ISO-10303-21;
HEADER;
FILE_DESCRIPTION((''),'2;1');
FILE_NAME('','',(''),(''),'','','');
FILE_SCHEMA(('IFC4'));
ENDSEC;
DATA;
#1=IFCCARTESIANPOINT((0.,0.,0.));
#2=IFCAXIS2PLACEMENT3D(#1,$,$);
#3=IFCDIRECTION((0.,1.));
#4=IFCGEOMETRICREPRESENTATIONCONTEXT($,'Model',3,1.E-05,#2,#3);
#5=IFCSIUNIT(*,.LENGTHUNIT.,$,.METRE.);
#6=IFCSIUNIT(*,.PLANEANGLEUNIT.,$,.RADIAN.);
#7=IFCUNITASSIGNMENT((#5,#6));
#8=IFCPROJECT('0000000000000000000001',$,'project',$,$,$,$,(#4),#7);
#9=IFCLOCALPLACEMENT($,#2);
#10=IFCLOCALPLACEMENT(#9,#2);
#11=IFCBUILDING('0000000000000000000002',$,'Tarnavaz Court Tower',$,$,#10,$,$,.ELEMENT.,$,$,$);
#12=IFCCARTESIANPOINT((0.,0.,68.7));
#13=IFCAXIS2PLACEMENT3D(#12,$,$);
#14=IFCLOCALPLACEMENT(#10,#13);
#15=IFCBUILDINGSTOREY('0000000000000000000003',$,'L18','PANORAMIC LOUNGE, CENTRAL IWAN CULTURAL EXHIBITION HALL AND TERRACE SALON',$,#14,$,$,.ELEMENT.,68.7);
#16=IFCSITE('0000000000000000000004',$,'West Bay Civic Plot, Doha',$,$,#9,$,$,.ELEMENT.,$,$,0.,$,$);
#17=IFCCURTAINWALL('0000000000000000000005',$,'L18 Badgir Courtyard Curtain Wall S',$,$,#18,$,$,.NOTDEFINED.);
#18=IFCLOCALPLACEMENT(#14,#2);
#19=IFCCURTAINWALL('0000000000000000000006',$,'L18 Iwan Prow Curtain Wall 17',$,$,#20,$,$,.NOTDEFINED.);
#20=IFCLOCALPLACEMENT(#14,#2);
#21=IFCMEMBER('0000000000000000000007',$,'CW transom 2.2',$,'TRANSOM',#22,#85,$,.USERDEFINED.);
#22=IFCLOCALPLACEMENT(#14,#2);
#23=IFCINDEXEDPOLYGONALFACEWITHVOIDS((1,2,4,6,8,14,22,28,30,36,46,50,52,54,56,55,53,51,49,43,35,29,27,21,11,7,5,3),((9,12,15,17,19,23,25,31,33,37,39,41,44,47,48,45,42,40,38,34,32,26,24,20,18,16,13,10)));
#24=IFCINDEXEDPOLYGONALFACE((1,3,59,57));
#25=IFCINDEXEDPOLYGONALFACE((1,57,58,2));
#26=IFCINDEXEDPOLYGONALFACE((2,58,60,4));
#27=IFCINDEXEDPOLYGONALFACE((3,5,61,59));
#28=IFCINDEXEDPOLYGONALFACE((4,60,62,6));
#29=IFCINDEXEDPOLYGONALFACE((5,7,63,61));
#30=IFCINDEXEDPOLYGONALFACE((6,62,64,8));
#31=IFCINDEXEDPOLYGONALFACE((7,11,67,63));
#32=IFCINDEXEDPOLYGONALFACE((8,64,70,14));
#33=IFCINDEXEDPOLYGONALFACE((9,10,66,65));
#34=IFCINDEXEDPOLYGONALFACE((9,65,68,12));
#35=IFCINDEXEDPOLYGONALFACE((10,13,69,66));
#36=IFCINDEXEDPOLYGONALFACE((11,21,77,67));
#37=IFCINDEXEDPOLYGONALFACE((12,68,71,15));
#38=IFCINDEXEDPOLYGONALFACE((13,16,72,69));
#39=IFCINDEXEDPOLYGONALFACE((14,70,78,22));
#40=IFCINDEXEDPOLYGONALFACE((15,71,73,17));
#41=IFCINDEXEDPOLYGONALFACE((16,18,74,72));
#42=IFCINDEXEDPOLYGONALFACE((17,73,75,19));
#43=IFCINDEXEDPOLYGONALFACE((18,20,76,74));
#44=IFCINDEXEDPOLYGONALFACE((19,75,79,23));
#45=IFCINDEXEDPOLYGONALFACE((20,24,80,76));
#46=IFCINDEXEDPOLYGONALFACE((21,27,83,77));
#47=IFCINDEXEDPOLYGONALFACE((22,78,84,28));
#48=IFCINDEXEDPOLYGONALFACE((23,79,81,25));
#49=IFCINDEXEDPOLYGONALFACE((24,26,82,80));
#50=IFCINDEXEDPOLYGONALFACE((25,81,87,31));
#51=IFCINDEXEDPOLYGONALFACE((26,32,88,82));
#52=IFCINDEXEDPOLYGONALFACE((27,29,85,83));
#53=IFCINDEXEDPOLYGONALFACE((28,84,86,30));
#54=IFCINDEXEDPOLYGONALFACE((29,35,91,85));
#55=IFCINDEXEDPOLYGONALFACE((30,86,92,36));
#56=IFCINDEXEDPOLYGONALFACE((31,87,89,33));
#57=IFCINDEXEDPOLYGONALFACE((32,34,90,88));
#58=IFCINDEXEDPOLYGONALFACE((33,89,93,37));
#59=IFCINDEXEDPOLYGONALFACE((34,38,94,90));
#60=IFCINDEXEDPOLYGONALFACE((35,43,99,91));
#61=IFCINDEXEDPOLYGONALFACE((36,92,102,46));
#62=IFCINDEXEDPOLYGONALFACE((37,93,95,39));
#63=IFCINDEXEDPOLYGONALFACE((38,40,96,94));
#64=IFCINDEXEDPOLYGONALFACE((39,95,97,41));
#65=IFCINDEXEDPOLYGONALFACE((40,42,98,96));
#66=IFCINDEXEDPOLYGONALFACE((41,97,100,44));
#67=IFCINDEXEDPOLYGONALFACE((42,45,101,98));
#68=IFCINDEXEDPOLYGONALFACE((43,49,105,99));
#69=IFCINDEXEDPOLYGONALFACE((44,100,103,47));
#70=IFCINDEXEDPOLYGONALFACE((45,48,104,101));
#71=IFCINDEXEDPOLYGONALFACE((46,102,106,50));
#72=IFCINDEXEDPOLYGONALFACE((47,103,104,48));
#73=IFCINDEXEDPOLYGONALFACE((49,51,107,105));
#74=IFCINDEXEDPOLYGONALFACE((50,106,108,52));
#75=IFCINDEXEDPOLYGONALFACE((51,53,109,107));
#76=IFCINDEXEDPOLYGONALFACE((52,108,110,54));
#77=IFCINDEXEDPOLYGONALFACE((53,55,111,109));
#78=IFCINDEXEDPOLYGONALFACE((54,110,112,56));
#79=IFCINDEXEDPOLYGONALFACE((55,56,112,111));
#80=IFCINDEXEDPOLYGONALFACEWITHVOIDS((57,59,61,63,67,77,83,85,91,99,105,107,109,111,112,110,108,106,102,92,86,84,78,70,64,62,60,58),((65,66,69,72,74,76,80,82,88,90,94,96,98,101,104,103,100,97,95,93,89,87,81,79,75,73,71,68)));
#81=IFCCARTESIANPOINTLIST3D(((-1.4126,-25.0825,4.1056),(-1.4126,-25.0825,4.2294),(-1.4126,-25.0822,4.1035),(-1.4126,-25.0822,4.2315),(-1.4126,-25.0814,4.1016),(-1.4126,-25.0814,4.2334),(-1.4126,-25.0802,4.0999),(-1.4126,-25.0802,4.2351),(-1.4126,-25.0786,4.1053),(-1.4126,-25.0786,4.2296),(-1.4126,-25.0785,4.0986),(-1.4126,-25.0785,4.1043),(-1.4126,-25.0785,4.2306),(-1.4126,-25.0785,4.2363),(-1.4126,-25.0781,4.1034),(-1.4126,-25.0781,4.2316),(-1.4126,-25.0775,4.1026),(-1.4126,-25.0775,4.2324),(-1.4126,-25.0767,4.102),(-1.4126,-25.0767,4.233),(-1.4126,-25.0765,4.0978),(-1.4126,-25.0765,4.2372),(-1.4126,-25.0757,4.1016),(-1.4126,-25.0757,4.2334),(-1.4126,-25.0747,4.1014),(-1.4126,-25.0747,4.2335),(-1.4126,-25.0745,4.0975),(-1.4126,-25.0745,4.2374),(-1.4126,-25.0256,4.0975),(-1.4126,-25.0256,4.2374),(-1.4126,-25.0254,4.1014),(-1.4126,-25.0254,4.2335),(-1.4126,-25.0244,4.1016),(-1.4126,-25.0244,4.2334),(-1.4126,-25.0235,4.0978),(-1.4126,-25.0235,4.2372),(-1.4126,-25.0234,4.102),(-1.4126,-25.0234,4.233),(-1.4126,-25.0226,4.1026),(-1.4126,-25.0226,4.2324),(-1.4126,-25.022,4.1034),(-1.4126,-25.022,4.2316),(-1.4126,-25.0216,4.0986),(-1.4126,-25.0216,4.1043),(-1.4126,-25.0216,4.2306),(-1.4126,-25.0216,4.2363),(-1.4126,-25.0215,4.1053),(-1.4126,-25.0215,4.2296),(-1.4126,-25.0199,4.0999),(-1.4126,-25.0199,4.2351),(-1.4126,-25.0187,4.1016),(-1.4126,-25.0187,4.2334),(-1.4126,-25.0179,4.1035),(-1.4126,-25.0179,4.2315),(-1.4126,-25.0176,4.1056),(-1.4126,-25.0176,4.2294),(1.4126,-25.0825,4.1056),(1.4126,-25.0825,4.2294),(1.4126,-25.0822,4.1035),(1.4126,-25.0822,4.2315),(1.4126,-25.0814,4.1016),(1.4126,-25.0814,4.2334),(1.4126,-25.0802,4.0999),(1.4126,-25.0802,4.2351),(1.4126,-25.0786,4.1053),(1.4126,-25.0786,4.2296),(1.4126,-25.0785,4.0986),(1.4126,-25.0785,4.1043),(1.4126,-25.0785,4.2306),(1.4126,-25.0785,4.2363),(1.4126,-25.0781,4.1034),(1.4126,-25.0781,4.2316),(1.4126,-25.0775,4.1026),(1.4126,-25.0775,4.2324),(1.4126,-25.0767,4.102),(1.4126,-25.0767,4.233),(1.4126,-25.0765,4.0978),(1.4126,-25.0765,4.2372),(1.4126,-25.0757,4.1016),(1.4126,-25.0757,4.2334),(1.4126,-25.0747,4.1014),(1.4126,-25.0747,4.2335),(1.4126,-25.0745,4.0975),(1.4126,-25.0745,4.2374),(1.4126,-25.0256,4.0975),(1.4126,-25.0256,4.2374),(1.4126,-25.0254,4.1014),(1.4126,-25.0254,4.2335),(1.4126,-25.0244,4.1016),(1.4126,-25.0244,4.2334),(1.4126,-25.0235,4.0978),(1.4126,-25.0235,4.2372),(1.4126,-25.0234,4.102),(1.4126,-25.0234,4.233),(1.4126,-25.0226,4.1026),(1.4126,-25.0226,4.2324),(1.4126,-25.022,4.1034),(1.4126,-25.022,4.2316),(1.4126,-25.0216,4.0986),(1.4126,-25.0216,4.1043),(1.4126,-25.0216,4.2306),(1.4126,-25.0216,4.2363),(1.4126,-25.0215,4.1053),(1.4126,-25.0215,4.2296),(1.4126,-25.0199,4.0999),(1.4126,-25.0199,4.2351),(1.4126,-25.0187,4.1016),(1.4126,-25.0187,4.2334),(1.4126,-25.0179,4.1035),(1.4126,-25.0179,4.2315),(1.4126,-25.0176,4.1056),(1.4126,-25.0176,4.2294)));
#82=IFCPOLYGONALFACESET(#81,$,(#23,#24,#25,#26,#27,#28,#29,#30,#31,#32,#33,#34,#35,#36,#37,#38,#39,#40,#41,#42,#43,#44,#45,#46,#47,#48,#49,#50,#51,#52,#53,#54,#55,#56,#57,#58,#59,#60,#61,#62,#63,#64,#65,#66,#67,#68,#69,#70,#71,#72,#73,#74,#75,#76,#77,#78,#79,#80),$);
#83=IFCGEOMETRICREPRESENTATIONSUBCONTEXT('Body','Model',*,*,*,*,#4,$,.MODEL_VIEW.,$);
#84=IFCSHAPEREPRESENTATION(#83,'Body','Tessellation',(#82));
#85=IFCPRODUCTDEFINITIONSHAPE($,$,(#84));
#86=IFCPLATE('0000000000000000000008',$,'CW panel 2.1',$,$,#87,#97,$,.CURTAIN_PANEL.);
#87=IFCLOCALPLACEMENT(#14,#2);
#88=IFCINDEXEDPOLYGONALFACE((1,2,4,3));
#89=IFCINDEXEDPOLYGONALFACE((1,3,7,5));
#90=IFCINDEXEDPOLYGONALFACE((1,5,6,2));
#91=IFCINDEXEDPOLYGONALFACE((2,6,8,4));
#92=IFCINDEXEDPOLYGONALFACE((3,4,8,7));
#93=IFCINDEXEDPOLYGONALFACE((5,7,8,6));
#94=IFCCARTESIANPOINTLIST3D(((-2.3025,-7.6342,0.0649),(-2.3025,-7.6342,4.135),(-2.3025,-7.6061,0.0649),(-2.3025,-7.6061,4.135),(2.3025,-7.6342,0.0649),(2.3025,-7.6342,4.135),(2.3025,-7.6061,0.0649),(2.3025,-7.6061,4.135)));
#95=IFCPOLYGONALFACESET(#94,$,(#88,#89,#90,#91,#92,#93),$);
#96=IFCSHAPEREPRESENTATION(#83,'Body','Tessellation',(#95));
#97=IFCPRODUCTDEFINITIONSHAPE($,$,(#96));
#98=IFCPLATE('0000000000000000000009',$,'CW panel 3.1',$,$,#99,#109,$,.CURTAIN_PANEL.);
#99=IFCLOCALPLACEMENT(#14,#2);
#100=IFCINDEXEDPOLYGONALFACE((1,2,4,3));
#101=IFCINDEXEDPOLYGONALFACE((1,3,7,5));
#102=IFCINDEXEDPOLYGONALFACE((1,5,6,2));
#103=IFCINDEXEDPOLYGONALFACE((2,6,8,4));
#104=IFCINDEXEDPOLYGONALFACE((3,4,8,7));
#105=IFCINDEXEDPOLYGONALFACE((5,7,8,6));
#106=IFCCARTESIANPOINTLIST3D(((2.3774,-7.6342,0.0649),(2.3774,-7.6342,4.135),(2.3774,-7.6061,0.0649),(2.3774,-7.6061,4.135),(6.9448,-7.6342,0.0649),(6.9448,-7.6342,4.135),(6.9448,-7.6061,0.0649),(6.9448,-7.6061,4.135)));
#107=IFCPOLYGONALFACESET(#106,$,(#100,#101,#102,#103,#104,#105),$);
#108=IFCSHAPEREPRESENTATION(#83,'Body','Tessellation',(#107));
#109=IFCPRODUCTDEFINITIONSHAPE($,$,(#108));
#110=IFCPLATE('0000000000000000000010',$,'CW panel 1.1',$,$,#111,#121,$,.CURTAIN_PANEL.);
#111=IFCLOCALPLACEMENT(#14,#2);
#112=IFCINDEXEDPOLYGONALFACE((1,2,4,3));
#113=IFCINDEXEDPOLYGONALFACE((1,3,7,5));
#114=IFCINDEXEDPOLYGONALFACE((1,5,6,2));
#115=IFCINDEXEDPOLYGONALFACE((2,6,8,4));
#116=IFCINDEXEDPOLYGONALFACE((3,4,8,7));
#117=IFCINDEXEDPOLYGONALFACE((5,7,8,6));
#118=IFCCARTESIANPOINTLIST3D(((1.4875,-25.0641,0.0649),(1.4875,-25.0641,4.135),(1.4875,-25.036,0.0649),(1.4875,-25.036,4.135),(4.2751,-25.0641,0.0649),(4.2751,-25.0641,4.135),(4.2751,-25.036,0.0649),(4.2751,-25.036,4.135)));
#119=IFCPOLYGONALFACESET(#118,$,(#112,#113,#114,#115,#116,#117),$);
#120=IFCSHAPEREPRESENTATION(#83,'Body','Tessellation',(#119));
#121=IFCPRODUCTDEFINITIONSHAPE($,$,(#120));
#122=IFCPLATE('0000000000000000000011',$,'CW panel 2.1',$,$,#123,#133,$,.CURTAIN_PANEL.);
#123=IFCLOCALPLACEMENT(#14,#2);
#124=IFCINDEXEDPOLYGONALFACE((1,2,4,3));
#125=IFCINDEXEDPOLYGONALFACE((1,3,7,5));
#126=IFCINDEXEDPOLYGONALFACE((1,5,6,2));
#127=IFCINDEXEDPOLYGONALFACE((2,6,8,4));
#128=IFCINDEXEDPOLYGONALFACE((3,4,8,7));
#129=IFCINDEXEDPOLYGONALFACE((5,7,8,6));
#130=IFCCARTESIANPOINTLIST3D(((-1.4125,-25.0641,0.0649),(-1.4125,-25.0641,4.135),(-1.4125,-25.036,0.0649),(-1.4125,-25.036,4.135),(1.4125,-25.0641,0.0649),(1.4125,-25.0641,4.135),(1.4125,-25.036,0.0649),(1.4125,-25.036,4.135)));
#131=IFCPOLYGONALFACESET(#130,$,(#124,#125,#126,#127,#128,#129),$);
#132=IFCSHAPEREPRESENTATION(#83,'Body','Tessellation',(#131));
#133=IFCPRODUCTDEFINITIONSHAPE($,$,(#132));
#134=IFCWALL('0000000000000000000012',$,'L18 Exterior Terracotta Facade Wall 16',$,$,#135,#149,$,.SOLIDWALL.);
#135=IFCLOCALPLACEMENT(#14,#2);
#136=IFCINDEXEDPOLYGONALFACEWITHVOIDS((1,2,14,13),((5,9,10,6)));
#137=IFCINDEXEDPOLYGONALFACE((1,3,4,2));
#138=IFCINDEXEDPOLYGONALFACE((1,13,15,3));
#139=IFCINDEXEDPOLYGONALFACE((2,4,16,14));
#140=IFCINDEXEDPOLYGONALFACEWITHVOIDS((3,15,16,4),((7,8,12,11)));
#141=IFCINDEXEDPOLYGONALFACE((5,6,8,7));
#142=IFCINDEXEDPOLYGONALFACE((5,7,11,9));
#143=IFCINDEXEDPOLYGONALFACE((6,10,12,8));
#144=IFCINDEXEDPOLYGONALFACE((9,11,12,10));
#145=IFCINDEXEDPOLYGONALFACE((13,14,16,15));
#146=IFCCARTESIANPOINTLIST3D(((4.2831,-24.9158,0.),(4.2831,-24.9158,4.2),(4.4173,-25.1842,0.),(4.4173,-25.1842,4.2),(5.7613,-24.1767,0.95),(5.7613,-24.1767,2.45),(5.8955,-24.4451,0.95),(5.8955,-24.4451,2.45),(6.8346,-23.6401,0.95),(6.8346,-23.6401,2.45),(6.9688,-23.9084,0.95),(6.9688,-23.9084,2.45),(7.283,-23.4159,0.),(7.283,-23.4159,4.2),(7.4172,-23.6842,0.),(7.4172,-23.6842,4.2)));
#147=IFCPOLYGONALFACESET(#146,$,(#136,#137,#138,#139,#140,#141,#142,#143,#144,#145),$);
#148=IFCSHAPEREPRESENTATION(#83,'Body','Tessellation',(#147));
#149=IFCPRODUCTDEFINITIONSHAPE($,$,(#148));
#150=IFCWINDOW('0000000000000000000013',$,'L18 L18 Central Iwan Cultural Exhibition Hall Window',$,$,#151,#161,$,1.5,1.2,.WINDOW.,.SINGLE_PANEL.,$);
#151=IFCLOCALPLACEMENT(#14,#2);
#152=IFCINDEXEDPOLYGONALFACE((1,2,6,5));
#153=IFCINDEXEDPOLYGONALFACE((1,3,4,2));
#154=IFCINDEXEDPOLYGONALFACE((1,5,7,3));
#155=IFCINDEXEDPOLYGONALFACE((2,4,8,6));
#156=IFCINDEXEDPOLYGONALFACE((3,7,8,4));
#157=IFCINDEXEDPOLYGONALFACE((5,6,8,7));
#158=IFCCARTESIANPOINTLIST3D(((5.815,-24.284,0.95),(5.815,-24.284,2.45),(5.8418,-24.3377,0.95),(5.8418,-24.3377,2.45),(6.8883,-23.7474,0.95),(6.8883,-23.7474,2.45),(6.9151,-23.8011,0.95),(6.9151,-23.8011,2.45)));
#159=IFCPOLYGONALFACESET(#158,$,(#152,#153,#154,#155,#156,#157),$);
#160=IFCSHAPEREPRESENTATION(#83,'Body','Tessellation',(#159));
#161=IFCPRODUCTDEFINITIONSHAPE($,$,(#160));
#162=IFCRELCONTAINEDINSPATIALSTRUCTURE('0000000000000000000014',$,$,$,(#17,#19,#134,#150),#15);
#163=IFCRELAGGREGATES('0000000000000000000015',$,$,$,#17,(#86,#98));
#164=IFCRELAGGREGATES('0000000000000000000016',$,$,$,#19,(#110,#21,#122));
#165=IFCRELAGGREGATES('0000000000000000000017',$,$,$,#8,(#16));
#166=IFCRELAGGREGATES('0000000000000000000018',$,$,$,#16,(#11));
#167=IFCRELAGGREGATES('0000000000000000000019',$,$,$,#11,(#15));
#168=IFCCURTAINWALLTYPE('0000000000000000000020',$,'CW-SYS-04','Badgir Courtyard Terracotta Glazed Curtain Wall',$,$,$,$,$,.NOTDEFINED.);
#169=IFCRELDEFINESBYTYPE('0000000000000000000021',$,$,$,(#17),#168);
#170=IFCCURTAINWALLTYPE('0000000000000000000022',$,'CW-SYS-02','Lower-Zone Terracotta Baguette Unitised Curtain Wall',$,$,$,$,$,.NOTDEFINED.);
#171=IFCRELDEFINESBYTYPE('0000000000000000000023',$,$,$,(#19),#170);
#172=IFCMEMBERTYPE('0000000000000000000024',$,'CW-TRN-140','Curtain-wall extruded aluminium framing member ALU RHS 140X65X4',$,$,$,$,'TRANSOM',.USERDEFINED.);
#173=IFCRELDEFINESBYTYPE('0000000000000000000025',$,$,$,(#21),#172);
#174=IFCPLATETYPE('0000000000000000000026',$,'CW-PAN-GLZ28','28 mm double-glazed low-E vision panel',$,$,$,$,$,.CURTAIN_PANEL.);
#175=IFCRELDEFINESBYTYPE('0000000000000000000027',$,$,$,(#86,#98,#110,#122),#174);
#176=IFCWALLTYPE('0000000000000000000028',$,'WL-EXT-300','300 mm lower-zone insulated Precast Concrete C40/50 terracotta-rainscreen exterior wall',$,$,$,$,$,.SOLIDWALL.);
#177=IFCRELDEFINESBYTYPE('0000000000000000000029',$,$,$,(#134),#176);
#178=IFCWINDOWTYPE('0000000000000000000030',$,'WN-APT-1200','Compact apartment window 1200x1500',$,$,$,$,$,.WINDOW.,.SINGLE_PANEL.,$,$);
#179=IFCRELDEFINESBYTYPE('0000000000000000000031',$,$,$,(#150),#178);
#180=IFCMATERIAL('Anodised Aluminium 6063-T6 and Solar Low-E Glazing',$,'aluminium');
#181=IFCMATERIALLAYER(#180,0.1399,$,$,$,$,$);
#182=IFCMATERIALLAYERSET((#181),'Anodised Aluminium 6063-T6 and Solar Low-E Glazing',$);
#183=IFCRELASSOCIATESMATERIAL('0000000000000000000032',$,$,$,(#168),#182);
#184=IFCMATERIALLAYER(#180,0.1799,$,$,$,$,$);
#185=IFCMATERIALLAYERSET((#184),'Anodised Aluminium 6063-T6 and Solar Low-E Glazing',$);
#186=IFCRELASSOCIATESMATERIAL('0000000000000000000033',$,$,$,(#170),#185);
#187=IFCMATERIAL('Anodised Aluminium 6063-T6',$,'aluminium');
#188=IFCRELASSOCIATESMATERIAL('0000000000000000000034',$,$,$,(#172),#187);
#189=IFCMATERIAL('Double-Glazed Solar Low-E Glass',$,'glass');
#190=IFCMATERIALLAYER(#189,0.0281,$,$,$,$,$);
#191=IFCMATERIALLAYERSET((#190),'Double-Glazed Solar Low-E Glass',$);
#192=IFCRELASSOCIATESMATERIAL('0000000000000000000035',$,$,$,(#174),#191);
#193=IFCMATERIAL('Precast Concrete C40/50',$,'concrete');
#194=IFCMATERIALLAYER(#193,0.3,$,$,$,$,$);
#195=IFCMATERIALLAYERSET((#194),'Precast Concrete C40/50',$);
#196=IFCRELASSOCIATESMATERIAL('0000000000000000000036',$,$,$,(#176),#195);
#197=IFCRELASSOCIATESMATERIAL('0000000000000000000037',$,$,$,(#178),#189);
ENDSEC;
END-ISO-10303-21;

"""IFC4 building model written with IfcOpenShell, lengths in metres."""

from ifc_helpers import new_model, si_unit, direction, frame, frame_2d, origin, origin_2d, place, context, subcontext, project, spatial, rectangle, hollow_rectangle, extrude, material, layer, layer_set, material_profile, profile_set, type_object, element, fill, aggregate, save


model = new_model("IFC4")

# Units and contexts
model_context = context("Model", 3, precision=1e-05, world=origin(), true_north=direction((0.0, 1.0)))
body_context = subcontext(model_context, "Body", "Model", "MODEL_VIEW")
ifc_project = project(units=[si_unit("LENGTHUNIT", "METRE"), si_unit("PLANEANGLEUNIT", "RADIAN")], contexts=[model_context])

# Site, building, storey
site_placement = place(None, origin())
site = spatial("IfcSite", under=ifc_project, at=site_placement, Name="West Bay Civic Plot, Doha", CompositionType="ELEMENT", RefElevation=0.0)
building_placement = place(site_placement, origin())
building = spatial("IfcBuilding", under=site, at=building_placement, Name="Tarnavaz Court Tower", CompositionType="ELEMENT")
storey_placement = place(building_placement, frame((0.0, 0.0, 68.7)))
storey = spatial("IfcBuildingStorey", under=building, at=storey_placement, Name="L18", Description="PANORAMIC LOUNGE, CENTRAL IWAN CULTURAL EXHIBITION HALL AND TERRACE SALON", CompositionType="ELEMENT", Elevation=68.7)

# Curtain wall
ifc_material_1 = material(Name="Anodised Aluminium 6063-T6 and Solar Low-E Glazing", Category="aluminium")
ifc_layer_1 = layer(ifc_material_1, 0.1399)
ifc_layer_set_1 = layer_set([ifc_layer_1], Name="Anodised Aluminium 6063-T6 and Solar Low-E Glazing")
curtain_wall_type_1 = type_object("IfcCurtainWallType", Name="CW-SYS-04", Description="Badgir Courtyard Terracotta Glazed Curtain Wall", PredefinedType="NOTDEFINED", material=ifc_layer_set_1)
curtain_wall_1_placement = place(storey_placement, origin())
curtain_wall_1 = element("IfcCurtainWall", 1, at=curtain_wall_1_placement, inside=storey, type_object=curtain_wall_type_1, Name="L18 Badgir Courtyard Curtain Wall S", PredefinedType="NOTDEFINED")
ifc_material_2 = material(Name="Anodised Aluminium 6063-T6", Category="aluminium")

# Curtain wall
ifc_layer_2 = layer(ifc_material_1, 0.1799)
ifc_layer_set_2 = layer_set([ifc_layer_2], Name="Anodised Aluminium 6063-T6 and Solar Low-E Glazing")
curtain_wall_type_2 = type_object("IfcCurtainWallType", Name="CW-SYS-02", Description="Lower-Zone Terracotta Baguette Unitised Curtain Wall", PredefinedType="NOTDEFINED", material=ifc_layer_set_2)
curtain_wall_2_placement = place(storey_placement, origin())
curtain_wall_2 = element("IfcCurtainWall", 2, at=curtain_wall_2_placement, inside=storey, type_object=curtain_wall_type_2, Name="L18 Iwan Prow Curtain Wall 17", PredefinedType="NOTDEFINED")

# Member
ifc_material_profile_1 = material_profile(ifc_material_2, hollow_rectangle(XDim=0.0649, YDim=0.1399, WallThickness=0.0039, InnerFilletRadius=0.0039, OuterFilletRadius=0.0081, at=origin_2d()), Name="ALU RHS 140X65X4")
ifc_profile_set_1 = profile_set([ifc_material_profile_1], Name="Anodised Aluminium 6063-T6")
member_type_1 = type_object("IfcMemberType", Name="CW-TRN-140", Description="Curtain-wall extruded aluminium framing member ALU RHS 140X65X4", ElementType="TRANSOM", PredefinedType="USERDEFINED", material=ifc_profile_set_1)
member_1_placement = place(storey_placement, frame((1.4126, -25.05, 4.1675), z_axis=(-1.0, 0.0, 0.0), x_axis=(0.0, -1.0, 0.0)))
member_1 = element("IfcMember", 3, at=member_1_placement, type_object=member_type_1, Name="CW transom 2.2", ObjectType="TRANSOM", PredefinedType="USERDEFINED", context=body_context, shape_type="SweptSolid", body=[
    extrude(hollow_rectangle(XDim=0.0649, YDim=0.1399, WallThickness=0.0039, InnerFilletRadius=0.0039, OuterFilletRadius=0.0081, at=origin_2d()), origin(), (0.0, 0.0, 1.0), 2.8252),
])

# Plates
ifc_material_3 = material(Name="Double-Glazed Solar Low-E Glass", Category="glass")
ifc_layer_3 = layer(ifc_material_3, 0.0281)
ifc_layer_set_3 = layer_set([ifc_layer_3], Name="Double-Glazed Solar Low-E Glass")
plate_type = type_object("IfcPlateType", Name="CW-PAN-GLZ28", Description="28 mm double-glazed low-E vision panel", PredefinedType="CURTAIN_PANEL", material=ifc_layer_set_3)
plate_1_placement = place(storey_placement, frame((0.0, -7.6201, 0.0649), z_axis=(0.0, 0.0, 1.0), x_axis=(1.0, 0.0, 0.0)))
plate_1 = element("IfcPlate", 4, at=plate_1_placement, type_object=plate_type, Name="CW panel 2.1", PredefinedType="CURTAIN_PANEL", context=body_context, shape_type="SweptSolid", body=[
    extrude(rectangle(XDim=4.605, YDim=0.0281, at=origin_2d()), origin(), (0.0, 0.0, 1.0), 4.0701),
])
plate_2_placement = place(storey_placement, frame((4.6611, -7.6201, 0.0649), z_axis=(0.0, 0.0, 1.0), x_axis=(1.0, 0.0, 0.0)))
plate_2 = element("IfcPlate", 5, at=plate_2_placement, type_object=plate_type, Name="CW panel 3.1", PredefinedType="CURTAIN_PANEL", context=body_context, shape_type="SweptSolid", body=[
    extrude(rectangle(XDim=4.5674, YDim=0.0281, at=origin_2d()), origin(), (0.0, 0.0, 1.0), 4.0701),
])
aggregate(curtain_wall_1, [plate_1, plate_2])
plate_3_placement = place(storey_placement, frame((2.8813, -25.05, 0.0649), z_axis=(0.0, 0.0, 1.0), x_axis=(-1.0, 0.0, 0.0)))
plate_3 = element("IfcPlate", 6, at=plate_3_placement, type_object=plate_type, Name="CW panel 1.1", PredefinedType="CURTAIN_PANEL", context=body_context, shape_type="SweptSolid", body=[
    extrude(rectangle(XDim=2.7876, YDim=0.0281, at=origin_2d()), origin(), (0.0, 0.0, 1.0), 4.0701),
])
plate_4_placement = place(storey_placement, frame((0.0, -25.05, 0.0649), z_axis=(0.0, 0.0, 1.0), x_axis=(-1.0, 0.0, 0.0)))
plate_4 = element("IfcPlate", 7, at=plate_4_placement, type_object=plate_type, Name="CW panel 2.1", PredefinedType="CURTAIN_PANEL", context=body_context, shape_type="SweptSolid", body=[
    extrude(rectangle(XDim=2.825, YDim=0.0281, at=origin_2d()), origin(), (0.0, 0.0, 1.0), 4.0701),
])
aggregate(curtain_wall_2, [plate_3, member_1, plate_4])

# Wall, opening, window
ifc_material_4 = material(Name="Precast Concrete C40/50", Category="concrete")
ifc_layer_4 = layer(ifc_material_4, 0.3)
ifc_layer_set_4 = layer_set([ifc_layer_4], Name="Precast Concrete C40/50")
wall_type_1 = type_object("IfcWallType", Name="WL-EXT-300", Description="300 mm lower-zone insulated Precast Concrete C40/50 terracotta-rainscreen exterior wall", PredefinedType="SOLIDWALL", material=ifc_layer_set_4)
wall_1_placement = place(storey_placement, frame((7.3501, -23.55, 0.0), z_axis=(0.0, 0.0, 1.0), x_axis=(-0.894427, -0.447214, 0.0)))
wall_1 = element("IfcWall", 8, at=wall_1_placement, inside=storey, type_object=wall_type_1, Name="L18 Exterior Terracotta Facade Wall 16", PredefinedType="SOLIDWALL", context=body_context, shape_type="SweptSolid", body=[
    extrude(rectangle(XDim=3.354, YDim=0.3, at=frame_2d((1.677, 0.0))), origin(), (0.0, 0.0, 1.0), 4.2),
])
opening_1_placement = place(wall_1_placement, frame((0.5012, 0.0, 0.95)))
opening_1 = element("IfcOpeningElement", 9, at=opening_1_placement, cuts=wall_1, PredefinedType="OPENING", context=body_context, shape_type="SweptSolid", body=[
    extrude(rectangle(XDim=1.2, YDim=1.5, at=frame_2d((0.6001, 0.75))), frame((0.0, 0.1599, 0.0), z_axis=(0.0, -1.0, 0.0), x_axis=(1.0, 0.0, 0.0)), (0.0, 0.0, 1.0), 0.3201),
])
window_type = type_object("IfcWindowType", Name="WN-APT-1200", Description="Compact apartment window 1200x1500", PartitioningType="SINGLE_PANEL", PredefinedType="WINDOW", material=ifc_material_3)
window_placement = place(opening_1_placement, origin())
window = element("IfcWindow", 10, at=window_placement, inside=storey, type_object=window_type, Name="L18 L18 Central Iwan Cultural Exhibition Hall Window", OverallHeight=1.5, OverallWidth=1.2, PartitioningType="SINGLE_PANEL", PredefinedType="WINDOW", context=body_context, shape_type="SweptSolid", body=[
    extrude(rectangle(XDim=1.2, YDim=1.5, at=frame_2d((0.6001, 0.75))), frame((0.0, 0.03, 0.0), z_axis=(0.0, -1.0, 0.0), x_axis=(1.0, 0.0, 0.0)), (0.0, 0.0, 1.0), 0.0601),
])
fill(opening_1, window)

save(model, "model.ifc")
